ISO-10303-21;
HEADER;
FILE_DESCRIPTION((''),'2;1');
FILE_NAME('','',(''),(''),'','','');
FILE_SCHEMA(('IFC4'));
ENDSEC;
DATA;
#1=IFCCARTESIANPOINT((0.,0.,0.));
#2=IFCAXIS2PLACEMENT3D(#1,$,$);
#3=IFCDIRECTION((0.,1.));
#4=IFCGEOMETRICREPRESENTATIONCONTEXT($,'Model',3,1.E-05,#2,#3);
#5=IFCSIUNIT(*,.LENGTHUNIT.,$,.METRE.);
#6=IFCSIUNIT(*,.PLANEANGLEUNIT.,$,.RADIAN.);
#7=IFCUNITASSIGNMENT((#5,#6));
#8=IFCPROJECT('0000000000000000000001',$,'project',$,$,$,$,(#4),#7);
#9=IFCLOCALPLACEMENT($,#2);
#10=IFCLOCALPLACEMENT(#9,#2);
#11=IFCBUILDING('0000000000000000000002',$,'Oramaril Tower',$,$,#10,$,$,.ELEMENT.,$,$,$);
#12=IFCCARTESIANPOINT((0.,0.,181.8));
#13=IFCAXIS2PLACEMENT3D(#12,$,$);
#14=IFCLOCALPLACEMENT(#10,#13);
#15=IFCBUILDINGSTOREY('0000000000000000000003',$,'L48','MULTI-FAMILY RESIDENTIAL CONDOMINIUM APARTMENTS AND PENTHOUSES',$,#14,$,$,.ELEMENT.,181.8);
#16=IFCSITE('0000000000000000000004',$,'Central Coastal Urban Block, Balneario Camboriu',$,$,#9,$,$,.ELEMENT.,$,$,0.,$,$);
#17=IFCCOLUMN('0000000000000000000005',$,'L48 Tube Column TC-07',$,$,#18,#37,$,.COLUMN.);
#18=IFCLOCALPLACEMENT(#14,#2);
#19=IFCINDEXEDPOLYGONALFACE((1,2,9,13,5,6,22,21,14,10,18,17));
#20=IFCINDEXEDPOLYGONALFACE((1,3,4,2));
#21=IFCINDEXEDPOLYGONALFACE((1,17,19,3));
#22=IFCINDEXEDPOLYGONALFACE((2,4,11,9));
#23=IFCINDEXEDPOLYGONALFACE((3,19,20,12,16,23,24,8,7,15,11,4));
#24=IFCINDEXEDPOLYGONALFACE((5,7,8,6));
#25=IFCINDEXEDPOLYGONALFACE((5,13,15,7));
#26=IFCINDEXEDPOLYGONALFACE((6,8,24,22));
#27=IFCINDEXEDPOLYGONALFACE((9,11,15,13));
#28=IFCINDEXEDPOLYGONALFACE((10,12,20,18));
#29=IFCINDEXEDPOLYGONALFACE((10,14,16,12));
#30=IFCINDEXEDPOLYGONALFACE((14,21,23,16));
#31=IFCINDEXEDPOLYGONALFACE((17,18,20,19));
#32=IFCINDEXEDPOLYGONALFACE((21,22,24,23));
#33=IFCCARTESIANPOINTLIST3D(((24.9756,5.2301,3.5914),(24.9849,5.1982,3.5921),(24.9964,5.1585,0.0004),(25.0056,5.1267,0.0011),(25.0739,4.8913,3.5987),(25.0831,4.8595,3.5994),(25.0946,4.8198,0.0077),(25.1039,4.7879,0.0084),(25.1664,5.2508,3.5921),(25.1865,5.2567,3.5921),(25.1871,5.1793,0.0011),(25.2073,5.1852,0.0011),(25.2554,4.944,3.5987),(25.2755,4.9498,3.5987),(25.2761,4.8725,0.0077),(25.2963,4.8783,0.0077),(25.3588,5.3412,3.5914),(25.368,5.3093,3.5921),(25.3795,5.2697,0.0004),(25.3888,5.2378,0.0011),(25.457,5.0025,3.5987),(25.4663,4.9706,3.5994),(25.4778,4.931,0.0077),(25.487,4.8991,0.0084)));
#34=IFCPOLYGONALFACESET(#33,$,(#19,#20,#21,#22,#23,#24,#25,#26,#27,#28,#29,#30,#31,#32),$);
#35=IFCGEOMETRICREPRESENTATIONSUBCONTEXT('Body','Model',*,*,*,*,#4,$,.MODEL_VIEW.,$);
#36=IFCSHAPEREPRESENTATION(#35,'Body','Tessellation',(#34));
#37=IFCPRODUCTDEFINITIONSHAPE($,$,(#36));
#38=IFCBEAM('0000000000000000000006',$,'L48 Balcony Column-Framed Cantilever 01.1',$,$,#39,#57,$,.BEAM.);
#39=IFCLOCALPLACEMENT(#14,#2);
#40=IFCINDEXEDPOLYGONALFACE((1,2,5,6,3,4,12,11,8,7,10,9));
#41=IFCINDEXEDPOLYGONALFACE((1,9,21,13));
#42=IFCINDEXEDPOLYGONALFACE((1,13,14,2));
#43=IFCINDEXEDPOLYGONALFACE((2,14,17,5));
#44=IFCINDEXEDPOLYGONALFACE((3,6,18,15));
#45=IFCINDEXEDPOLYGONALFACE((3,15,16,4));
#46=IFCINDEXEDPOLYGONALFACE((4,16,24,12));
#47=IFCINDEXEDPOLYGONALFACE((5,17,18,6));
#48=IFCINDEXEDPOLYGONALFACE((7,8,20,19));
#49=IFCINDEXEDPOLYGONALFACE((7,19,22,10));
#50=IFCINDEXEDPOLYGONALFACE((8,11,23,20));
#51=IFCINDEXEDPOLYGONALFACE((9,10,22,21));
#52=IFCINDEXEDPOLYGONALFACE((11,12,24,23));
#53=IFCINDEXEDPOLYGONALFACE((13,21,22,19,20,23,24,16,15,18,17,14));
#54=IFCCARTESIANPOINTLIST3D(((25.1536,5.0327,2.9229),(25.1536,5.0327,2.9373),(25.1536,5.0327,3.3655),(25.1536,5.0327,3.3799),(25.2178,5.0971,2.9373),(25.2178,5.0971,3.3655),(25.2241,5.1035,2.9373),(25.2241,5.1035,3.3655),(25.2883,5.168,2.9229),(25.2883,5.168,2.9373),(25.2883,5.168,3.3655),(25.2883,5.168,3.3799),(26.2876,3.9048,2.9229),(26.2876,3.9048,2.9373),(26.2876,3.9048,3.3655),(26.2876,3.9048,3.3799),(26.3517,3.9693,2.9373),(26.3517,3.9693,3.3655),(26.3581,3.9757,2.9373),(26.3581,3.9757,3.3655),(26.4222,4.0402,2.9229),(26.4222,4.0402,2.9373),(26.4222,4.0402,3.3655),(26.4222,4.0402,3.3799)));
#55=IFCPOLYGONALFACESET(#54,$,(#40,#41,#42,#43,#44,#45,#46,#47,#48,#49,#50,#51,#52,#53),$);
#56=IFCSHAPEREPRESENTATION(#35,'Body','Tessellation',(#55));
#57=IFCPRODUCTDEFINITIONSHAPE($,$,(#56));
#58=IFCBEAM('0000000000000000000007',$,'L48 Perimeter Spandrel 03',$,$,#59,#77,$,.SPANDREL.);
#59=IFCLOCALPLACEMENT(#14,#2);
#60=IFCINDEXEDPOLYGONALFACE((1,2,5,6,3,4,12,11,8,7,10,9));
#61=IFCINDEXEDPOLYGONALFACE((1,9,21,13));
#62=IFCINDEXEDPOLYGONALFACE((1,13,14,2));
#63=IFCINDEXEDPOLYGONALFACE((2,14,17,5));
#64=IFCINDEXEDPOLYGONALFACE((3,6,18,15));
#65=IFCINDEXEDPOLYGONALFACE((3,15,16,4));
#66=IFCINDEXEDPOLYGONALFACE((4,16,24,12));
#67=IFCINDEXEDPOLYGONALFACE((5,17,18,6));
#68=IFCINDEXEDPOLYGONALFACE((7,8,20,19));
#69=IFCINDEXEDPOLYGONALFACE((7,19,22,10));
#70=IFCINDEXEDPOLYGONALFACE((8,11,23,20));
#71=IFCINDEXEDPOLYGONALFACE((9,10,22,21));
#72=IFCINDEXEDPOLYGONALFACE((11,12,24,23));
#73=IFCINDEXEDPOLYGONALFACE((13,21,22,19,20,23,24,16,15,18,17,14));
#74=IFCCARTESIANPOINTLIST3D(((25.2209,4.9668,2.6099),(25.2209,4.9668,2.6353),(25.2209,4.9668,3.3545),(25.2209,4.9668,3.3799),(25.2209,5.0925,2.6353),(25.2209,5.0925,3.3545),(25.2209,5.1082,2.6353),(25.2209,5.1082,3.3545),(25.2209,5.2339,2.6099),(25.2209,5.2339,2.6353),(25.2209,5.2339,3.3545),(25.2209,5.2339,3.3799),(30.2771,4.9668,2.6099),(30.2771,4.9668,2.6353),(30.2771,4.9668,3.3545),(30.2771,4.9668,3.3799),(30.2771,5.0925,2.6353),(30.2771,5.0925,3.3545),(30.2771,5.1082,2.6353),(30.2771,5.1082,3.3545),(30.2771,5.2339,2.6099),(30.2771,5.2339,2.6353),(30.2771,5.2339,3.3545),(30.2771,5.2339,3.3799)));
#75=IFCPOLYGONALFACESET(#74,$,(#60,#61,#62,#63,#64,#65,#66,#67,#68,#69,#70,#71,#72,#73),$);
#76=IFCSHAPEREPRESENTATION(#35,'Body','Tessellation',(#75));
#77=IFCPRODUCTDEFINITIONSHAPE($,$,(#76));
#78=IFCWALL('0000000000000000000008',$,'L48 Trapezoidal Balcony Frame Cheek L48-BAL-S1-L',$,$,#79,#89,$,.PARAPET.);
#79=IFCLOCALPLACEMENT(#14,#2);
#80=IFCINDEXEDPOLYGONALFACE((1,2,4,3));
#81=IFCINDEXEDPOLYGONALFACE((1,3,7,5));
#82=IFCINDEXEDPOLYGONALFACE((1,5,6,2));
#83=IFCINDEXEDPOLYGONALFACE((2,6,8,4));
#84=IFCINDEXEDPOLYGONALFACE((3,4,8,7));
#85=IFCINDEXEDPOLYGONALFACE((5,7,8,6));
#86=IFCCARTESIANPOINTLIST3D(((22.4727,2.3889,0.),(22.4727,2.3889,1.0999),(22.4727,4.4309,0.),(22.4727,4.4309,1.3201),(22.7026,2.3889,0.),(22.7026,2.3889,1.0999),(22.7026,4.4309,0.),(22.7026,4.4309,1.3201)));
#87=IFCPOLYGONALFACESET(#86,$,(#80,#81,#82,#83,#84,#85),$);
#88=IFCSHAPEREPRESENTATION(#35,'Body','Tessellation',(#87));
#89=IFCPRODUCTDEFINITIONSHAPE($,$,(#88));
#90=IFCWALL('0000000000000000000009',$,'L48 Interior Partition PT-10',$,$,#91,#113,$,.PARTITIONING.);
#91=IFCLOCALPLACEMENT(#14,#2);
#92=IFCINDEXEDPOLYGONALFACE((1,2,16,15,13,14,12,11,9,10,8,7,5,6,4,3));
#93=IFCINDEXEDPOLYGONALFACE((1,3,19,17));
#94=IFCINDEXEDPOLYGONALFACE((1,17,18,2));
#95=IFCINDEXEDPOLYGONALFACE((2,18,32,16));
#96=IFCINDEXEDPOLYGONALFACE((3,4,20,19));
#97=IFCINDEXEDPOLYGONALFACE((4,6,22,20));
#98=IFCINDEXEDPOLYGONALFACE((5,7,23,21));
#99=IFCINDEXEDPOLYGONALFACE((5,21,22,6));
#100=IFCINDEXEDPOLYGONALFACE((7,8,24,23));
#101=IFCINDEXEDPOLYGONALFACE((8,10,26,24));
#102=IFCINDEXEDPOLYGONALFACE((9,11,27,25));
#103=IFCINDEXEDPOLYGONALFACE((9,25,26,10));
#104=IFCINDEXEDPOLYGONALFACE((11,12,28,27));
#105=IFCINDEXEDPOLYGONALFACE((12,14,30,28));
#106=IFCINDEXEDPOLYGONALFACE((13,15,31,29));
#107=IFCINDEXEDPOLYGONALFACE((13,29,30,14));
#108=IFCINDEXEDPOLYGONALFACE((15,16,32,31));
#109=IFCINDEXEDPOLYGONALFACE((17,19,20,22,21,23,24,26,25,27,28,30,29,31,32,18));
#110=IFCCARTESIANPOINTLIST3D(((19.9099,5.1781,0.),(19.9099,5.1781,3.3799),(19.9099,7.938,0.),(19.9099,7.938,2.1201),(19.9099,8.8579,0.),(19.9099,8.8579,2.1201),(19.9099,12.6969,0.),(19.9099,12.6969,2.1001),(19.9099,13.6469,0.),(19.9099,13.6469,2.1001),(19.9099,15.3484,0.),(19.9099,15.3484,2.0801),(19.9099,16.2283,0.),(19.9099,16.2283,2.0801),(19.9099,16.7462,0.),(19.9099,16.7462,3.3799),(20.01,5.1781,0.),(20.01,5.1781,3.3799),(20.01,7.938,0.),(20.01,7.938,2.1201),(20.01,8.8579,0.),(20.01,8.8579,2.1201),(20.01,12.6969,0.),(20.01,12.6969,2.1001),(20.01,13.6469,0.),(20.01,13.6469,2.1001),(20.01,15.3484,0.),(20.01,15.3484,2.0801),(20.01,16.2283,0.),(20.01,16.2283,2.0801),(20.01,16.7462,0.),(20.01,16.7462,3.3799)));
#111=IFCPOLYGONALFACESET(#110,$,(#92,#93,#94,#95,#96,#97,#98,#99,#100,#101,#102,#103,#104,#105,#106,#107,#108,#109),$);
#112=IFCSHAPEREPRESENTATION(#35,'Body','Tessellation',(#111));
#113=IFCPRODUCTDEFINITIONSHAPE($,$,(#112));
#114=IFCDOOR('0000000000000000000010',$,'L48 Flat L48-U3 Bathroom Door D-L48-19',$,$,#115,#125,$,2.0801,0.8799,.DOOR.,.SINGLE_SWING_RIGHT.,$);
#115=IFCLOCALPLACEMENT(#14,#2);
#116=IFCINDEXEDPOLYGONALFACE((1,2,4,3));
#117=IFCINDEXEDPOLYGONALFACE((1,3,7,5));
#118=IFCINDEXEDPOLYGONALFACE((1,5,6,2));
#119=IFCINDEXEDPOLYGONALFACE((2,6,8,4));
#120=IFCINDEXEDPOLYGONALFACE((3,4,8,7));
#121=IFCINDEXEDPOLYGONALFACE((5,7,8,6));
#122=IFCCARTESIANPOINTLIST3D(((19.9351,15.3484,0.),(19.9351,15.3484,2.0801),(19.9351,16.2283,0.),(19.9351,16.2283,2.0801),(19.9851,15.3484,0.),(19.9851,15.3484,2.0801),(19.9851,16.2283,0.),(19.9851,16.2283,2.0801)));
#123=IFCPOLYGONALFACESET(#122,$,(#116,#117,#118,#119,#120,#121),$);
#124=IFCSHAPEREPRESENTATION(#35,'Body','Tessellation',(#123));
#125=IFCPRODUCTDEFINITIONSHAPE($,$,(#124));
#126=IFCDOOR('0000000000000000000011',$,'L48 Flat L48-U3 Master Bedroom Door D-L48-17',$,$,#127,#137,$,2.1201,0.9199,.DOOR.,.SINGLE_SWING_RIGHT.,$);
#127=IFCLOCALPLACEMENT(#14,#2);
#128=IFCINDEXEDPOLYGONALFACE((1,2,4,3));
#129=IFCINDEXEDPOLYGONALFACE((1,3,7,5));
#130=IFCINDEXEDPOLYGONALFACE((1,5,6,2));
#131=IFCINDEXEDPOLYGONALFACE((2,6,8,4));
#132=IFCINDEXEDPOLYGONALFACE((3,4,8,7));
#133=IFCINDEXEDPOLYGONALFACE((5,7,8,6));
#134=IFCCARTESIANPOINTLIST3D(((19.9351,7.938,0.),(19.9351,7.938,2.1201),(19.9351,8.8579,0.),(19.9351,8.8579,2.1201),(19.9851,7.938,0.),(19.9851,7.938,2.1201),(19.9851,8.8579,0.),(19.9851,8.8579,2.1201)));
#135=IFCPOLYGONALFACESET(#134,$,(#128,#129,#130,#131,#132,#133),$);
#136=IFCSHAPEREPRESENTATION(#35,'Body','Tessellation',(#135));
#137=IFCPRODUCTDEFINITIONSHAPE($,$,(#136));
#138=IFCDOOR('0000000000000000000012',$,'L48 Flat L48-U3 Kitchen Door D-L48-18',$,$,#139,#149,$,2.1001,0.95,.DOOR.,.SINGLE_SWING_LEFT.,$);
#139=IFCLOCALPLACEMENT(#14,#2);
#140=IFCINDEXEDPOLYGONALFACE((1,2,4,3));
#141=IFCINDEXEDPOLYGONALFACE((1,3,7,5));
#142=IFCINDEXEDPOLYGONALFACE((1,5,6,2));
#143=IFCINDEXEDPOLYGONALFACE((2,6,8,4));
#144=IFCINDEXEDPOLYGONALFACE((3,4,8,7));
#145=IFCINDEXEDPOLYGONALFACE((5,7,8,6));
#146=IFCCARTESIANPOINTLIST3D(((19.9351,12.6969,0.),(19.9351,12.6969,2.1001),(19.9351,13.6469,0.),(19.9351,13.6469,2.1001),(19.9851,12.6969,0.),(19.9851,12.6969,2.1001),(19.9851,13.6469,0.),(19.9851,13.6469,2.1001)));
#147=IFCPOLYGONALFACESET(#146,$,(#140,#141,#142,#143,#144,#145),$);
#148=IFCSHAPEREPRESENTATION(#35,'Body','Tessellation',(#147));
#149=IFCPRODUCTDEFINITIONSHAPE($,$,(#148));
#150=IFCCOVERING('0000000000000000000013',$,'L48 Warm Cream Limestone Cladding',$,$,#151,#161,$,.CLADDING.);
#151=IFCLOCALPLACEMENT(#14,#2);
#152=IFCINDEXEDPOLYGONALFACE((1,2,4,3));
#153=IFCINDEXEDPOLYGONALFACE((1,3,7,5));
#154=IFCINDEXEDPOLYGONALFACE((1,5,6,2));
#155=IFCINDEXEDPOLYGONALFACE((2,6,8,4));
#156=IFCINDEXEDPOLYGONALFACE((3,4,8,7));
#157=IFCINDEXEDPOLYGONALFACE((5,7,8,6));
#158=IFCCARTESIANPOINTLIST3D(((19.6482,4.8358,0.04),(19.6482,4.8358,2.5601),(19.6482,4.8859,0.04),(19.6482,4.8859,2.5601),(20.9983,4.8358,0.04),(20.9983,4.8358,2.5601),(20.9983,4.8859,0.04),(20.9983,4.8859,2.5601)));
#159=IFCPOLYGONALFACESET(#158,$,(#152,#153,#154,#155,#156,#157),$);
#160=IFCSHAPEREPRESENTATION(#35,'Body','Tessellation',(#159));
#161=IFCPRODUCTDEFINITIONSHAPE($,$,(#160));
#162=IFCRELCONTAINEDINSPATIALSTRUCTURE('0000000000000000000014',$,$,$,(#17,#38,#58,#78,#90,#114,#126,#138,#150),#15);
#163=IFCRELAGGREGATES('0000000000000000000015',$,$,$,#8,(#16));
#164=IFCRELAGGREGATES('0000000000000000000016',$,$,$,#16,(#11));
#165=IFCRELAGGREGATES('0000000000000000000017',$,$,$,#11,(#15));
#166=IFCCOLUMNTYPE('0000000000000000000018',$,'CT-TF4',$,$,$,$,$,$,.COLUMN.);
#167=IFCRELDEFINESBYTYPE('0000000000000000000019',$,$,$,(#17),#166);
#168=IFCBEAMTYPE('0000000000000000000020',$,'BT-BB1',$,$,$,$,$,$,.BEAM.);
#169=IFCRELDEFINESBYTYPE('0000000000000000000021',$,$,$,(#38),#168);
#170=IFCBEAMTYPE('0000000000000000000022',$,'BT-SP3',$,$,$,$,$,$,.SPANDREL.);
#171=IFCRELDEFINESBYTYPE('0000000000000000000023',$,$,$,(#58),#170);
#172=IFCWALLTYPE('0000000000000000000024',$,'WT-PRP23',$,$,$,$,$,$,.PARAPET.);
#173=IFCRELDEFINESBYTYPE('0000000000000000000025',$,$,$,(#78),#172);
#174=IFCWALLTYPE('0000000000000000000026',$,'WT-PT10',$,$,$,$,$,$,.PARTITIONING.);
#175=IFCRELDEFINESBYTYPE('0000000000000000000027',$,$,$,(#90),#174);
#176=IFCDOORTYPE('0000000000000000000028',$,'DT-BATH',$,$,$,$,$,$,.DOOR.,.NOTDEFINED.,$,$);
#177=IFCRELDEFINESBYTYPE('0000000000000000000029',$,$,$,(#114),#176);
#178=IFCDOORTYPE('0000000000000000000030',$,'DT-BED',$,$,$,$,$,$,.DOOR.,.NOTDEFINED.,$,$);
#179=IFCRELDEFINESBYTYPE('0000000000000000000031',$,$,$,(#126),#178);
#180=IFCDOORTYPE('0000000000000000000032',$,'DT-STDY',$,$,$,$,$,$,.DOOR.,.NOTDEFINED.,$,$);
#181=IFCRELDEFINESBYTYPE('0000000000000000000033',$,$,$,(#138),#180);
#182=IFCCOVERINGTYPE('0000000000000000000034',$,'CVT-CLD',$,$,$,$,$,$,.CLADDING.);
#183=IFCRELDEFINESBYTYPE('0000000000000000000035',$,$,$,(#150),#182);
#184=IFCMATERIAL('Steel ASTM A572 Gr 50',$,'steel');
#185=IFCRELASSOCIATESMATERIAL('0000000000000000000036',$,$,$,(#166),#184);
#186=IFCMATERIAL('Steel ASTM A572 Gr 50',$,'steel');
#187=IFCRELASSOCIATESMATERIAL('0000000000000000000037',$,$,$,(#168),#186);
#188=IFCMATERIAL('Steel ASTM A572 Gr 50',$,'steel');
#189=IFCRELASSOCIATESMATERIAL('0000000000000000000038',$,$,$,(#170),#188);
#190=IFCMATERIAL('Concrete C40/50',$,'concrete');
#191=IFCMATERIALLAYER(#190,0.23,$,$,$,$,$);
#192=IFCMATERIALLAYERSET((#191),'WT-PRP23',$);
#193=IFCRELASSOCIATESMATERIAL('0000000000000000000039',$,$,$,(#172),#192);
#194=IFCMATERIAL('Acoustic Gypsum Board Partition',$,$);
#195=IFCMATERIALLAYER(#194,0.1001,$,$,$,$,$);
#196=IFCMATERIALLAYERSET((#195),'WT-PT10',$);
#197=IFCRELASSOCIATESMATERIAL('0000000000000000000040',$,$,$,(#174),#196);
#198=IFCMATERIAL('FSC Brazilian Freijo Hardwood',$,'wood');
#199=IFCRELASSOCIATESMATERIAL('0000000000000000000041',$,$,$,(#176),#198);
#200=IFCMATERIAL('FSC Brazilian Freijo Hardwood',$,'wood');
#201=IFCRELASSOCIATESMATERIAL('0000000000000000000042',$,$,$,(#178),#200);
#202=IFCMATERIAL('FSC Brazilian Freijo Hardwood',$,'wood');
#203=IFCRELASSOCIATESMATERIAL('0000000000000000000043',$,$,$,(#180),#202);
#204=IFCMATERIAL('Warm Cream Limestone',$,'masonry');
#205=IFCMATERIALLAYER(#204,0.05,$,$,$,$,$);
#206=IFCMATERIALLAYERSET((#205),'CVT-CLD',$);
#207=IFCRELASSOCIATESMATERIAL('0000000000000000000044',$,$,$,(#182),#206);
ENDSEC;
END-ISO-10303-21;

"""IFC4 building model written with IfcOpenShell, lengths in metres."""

from ifc_helpers import new_model, si_unit, direction, frame, frame_2d, origin, origin_2d, place, context, subcontext, project, spatial, polyline, rectangle, i_section, outline, extrude, material, layer, layer_set, material_profile, profile_set, type_object, element, fill, save


model = new_model("IFC4")

# Units and contexts
model_context = context("Model", 3, precision=1e-05, world=origin(), true_north=direction((0.0, 1.0)))
body_context = subcontext(model_context, "Body", "Model", "MODEL_VIEW")
ifc_project = project(units=[si_unit("LENGTHUNIT", "METRE"), si_unit("PLANEANGLEUNIT", "RADIAN")], contexts=[model_context])

# Site, building, storey
site_placement = place(None, origin())
site = spatial("IfcSite", under=ifc_project, at=site_placement, Name="Central Coastal Urban Block, Balneario Camboriu", CompositionType="ELEMENT", RefElevation=0.0)
building_placement = place(site_placement, origin())
building = spatial("IfcBuilding", under=site, at=building_placement, Name="Oramaril Tower", CompositionType="ELEMENT")
storey_placement = place(building_placement, frame((0.0, 0.0, 181.8)))
storey = spatial("IfcBuildingStorey", under=building, at=storey_placement, Name="L48", Description="MULTI-FAMILY RESIDENTIAL CONDOMINIUM APARTMENTS AND PENTHOUSES", CompositionType="ELEMENT", Elevation=181.8)

# Column
ifc_material_1 = material(Name="Steel ASTM A572 Gr 50", Category="steel")
ifc_material_profile_1 = material_profile(ifc_material_1, i_section(OverallWidth=0.3989, OverallDepth=0.386, WebThickness=0.021, FlangeThickness=0.0332, at=origin_2d()), Name="W14X176")
ifc_profile_set_1 = profile_set([ifc_material_profile_1], Name="Steel ASTM A572 Gr 50")
column_type = type_object("IfcColumnType", Name="CT-TF4", PredefinedType="COLUMN", material=ifc_profile_set_1)
column_placement = place(storey_placement, frame((25.2417, 5.0288, 0.0044), z_axis=(-0.005778, 0.019915, 0.999785), x_axis=(-0.960403, -0.278615, 0.0)))
element("IfcColumn", 1, at=column_placement, inside=storey, type_object=column_type, Name="L48 Tube Column TC-07", PredefinedType="COLUMN", context=body_context, shape_type="SweptSolid", body=[
    extrude(i_section(OverallWidth=0.3989, OverallDepth=0.386, WebThickness=0.021, FlangeThickness=0.0332, at=origin_2d()), origin(), (0.0, 0.0, 1.0), 3.5918),
])

# Beams
ifc_material_2 = material(Name="Steel ASTM A572 Gr 50", Category="steel")
ifc_material_profile_2 = material_profile(ifc_material_2, i_section(OverallWidth=0.1909, OverallDepth=0.457, WebThickness=0.009, FlangeThickness=0.0144, at=origin_2d()), Name="W18X50")
ifc_profile_set_2 = profile_set([ifc_material_profile_2], Name="Steel ASTM A572 Gr 50")
beam_type_1 = type_object("IfcBeamType", Name="BT-BB1", PredefinedType="BEAM", material=ifc_profile_set_2)
beam_1_placement = place(storey_placement, frame((25.2209, 5.1003, 3.1514), z_axis=(0.709012, -0.705196, 0.0), x_axis=(0.705196, 0.709012, 0.0)))
element("IfcBeam", 2, at=beam_1_placement, inside=storey, type_object=beam_type_1, Name="L48 Balcony Column-Framed Cantilever 01.1", PredefinedType="BEAM", context=body_context, shape_type="SweptSolid", body=[
    extrude(i_section(OverallWidth=0.1909, OverallDepth=0.457, WebThickness=0.009, FlangeThickness=0.0144, at=origin_2d()), origin(), (0.0, 0.0, 1.0), 1.5994),
])
ifc_material_3 = material(Name="Steel ASTM A572 Gr 50", Category="steel")
ifc_material_profile_3 = material_profile(ifc_material_3, i_section(OverallWidth=0.2671, OverallDepth=0.77, WebThickness=0.0156, FlangeThickness=0.0254, at=origin_2d()), Name="W30X132")
ifc_profile_set_3 = profile_set([ifc_material_profile_3], Name="Steel ASTM A572 Gr 50")
beam_type_2 = type_object("IfcBeamType", Name="BT-SP3", PredefinedType="SPANDREL", material=ifc_profile_set_3)
beam_2_placement = place(storey_placement, frame((25.2209, 5.1003, 2.9949), z_axis=(1.0, 0.0, 0.0), x_axis=(0.0, 1.0, 0.0)))
element("IfcBeam", 3, at=beam_2_placement, inside=storey, type_object=beam_type_2, Name="L48 Perimeter Spandrel 03", PredefinedType="SPANDREL", context=body_context, shape_type="SweptSolid", body=[
    extrude(i_section(OverallWidth=0.2671, OverallDepth=0.77, WebThickness=0.0156, FlangeThickness=0.0254, at=origin_2d()), origin(), (0.0, 0.0, 1.0), 5.0562),
])

# Wall
ifc_material_4 = material(Name="Concrete C40/50", Category="concrete")
ifc_layer_1 = layer(ifc_material_4, 0.23)
ifc_layer_set_1 = layer_set([ifc_layer_1], Name="WT-PRP23")
wall_type_1 = type_object("IfcWallType", Name="WT-PRP23", PredefinedType="PARAPET", material=ifc_layer_set_1)
wall_1_placement = place(storey_placement, frame((22.5876, 4.4309, 0.0), z_axis=(0.0, 0.0, 1.0), x_axis=(0.0, -1.0, 0.0)))
element("IfcWall", 4, at=wall_1_placement, inside=storey, type_object=wall_type_1, Name="L48 Trapezoidal Balcony Frame Cheek L48-BAL-S1-L", PredefinedType="PARAPET", context=body_context, shape_type="SweptSolid", body=[
    extrude(outline(polyline([(0.0, 0.0), (2.042, 0.0), (2.042, 1.0999), (0.0, 1.3201), (0.0, 0.0)])), frame((0.0, 0.115, 0.0), z_axis=(0.0, -1.0, 0.0), x_axis=(1.0, 0.0, 0.0)), (0.0, 0.0, 1.0), 0.23),
])

# Wall, openings, doors
ifc_material_5 = material(Name="Acoustic Gypsum Board Partition")
ifc_layer_2 = layer(ifc_material_5, 0.1001)
ifc_layer_set_2 = layer_set([ifc_layer_2], Name="WT-PT10")
wall_type_2 = type_object("IfcWallType", Name="WT-PT10", PredefinedType="PARTITIONING", material=ifc_layer_set_2)
wall_2_placement = place(storey_placement, frame((19.96, 5.178, 0.0), z_axis=(0.0, 0.0, 1.0), x_axis=(0.0, 1.0, 0.0)))
wall_2 = element("IfcWall", 5, at=wall_2_placement, inside=storey, type_object=wall_type_2, Name="L48 Interior Partition PT-10", PredefinedType="PARTITIONING", context=body_context, shape_type="SweptSolid", body=[
    extrude(rectangle(XDim=11.5681, YDim=0.1001, at=frame_2d((5.7842, 0.0))), origin(), (0.0, 0.0, 1.0), 3.3799),
])
opening_1_placement = place(wall_2_placement, frame((2.76, 0.0, 0.0)))
opening_1 = element("IfcOpeningElement", 6, at=opening_1_placement, cuts=wall_2, PredefinedType="OPENING", context=body_context, shape_type="SweptSolid", body=[
    extrude(rectangle(XDim=0.9199, YDim=2.1201, at=frame_2d((0.46, 1.0601))), frame((0.0, 0.05, 0.0), z_axis=(0.0, -1.0, 0.0), x_axis=(1.0, 0.0, 0.0)), (0.0, 0.0, 1.0), 0.1001),
])
opening_2_placement = place(wall_2_placement, frame((7.5188, 0.0, 0.0)))
opening_2 = element("IfcOpeningElement", 7, at=opening_2_placement, cuts=wall_2, PredefinedType="OPENING", context=body_context, shape_type="SweptSolid", body=[
    extrude(rectangle(XDim=0.95, YDim=2.1001, at=frame_2d((0.4751, 1.05))), frame((0.0, 0.05, 0.0), z_axis=(0.0, -1.0, 0.0), x_axis=(1.0, 0.0, 0.0)), (0.0, 0.0, 1.0), 0.1001),
])
opening_3_placement = place(wall_2_placement, frame((10.1704, 0.0, 0.0)))
opening_3 = element("IfcOpeningElement", 8, at=opening_3_placement, cuts=wall_2, PredefinedType="OPENING", context=body_context, shape_type="SweptSolid", body=[
    extrude(rectangle(XDim=0.8799, YDim=2.0801, at=frame_2d((0.4399, 1.04))), frame((0.0, 0.05, 0.0), z_axis=(0.0, -1.0, 0.0), x_axis=(1.0, 0.0, 0.0)), (0.0, 0.0, 1.0), 0.1001),
])
ifc_material_6 = material(Name="FSC Brazilian Freijo Hardwood", Category="wood")
door_type_1 = type_object("IfcDoorType", Name="DT-BATH", OperationType="NOTDEFINED", PredefinedType="DOOR", material=ifc_material_6)
door_1_placement = place(opening_3_placement, origin())
door_1 = element("IfcDoor", 9, at=door_1_placement, inside=storey, type_object=door_type_1, Name="L48 Flat L48-U3 Bathroom Door D-L48-19", OperationType="SINGLE_SWING_RIGHT", OverallHeight=2.0801, OverallWidth=0.8799, PredefinedType="DOOR", context=body_context, shape_type="SweptSolid", body=[
    extrude(rectangle(XDim=0.8799, YDim=2.0801, at=frame_2d((0.4399, 1.04))), frame((0.0, 0.0249, 0.0), z_axis=(0.0, -1.0, 0.0), x_axis=(1.0, 0.0, 0.0)), (0.0, 0.0, 1.0), 0.05),
])
fill(opening_3, door_1)
ifc_material_7 = material(Name="FSC Brazilian Freijo Hardwood", Category="wood")
door_type_2 = type_object("IfcDoorType", Name="DT-BED", OperationType="NOTDEFINED", PredefinedType="DOOR", material=ifc_material_7)
door_2_placement = place(opening_1_placement, origin())
door_2 = element("IfcDoor", 10, at=door_2_placement, inside=storey, type_object=door_type_2, Name="L48 Flat L48-U3 Master Bedroom Door D-L48-17", OperationType="SINGLE_SWING_RIGHT", OverallHeight=2.1201, OverallWidth=0.9199, PredefinedType="DOOR", context=body_context, shape_type="SweptSolid", body=[
    extrude(rectangle(XDim=0.9199, YDim=2.1201, at=frame_2d((0.46, 1.0601))), frame((0.0, 0.0249, 0.0), z_axis=(0.0, -1.0, 0.0), x_axis=(1.0, 0.0, 0.0)), (0.0, 0.0, 1.0), 0.05),
])
fill(opening_1, door_2)
ifc_material_8 = material(Name="FSC Brazilian Freijo Hardwood", Category="wood")
door_type_3 = type_object("IfcDoorType", Name="DT-STDY", OperationType="NOTDEFINED", PredefinedType="DOOR", material=ifc_material_8)
door_3_placement = place(opening_2_placement, origin())
door_3 = element("IfcDoor", 11, at=door_3_placement, inside=storey, type_object=door_type_3, Name="L48 Flat L48-U3 Kitchen Door D-L48-18", OperationType="SINGLE_SWING_LEFT", OverallHeight=2.1001, OverallWidth=0.95, PredefinedType="DOOR", context=body_context, shape_type="SweptSolid", body=[
    extrude(rectangle(XDim=0.95, YDim=2.1001, at=frame_2d((0.4751, 1.05))), frame((0.0, 0.0249, 0.0), z_axis=(0.0, -1.0, 0.0), x_axis=(1.0, 0.0, 0.0)), (0.0, 0.0, 1.0), 0.05),
])
fill(opening_2, door_3)

# Covering
ifc_material_9 = material(Name="Warm Cream Limestone", Category="masonry")
ifc_layer_3 = layer(ifc_material_9, 0.05)
ifc_layer_set_3 = layer_set([ifc_layer_3], Name="CVT-CLD")
covering_type = type_object("IfcCoveringType", Name="CVT-CLD", PredefinedType="CLADDING", material=ifc_layer_set_3)
covering_1_placement = place(storey_placement, frame((20.3232, 4.8608, 0.04), z_axis=(0.0, 0.0, 1.0), x_axis=(1.0, 0.0, 0.0)))
element("IfcCovering", 12, at=covering_1_placement, inside=storey, type_object=covering_type, Name="L48 Warm Cream Limestone Cladding", PredefinedType="CLADDING", context=body_context, shape_type="SweptSolid", body=[
    extrude(rectangle(XDim=1.3501, YDim=0.05, at=origin_2d()), origin(), (0.0, 0.0, 1.0), 2.52),
])

save(model, "model.ifc")
